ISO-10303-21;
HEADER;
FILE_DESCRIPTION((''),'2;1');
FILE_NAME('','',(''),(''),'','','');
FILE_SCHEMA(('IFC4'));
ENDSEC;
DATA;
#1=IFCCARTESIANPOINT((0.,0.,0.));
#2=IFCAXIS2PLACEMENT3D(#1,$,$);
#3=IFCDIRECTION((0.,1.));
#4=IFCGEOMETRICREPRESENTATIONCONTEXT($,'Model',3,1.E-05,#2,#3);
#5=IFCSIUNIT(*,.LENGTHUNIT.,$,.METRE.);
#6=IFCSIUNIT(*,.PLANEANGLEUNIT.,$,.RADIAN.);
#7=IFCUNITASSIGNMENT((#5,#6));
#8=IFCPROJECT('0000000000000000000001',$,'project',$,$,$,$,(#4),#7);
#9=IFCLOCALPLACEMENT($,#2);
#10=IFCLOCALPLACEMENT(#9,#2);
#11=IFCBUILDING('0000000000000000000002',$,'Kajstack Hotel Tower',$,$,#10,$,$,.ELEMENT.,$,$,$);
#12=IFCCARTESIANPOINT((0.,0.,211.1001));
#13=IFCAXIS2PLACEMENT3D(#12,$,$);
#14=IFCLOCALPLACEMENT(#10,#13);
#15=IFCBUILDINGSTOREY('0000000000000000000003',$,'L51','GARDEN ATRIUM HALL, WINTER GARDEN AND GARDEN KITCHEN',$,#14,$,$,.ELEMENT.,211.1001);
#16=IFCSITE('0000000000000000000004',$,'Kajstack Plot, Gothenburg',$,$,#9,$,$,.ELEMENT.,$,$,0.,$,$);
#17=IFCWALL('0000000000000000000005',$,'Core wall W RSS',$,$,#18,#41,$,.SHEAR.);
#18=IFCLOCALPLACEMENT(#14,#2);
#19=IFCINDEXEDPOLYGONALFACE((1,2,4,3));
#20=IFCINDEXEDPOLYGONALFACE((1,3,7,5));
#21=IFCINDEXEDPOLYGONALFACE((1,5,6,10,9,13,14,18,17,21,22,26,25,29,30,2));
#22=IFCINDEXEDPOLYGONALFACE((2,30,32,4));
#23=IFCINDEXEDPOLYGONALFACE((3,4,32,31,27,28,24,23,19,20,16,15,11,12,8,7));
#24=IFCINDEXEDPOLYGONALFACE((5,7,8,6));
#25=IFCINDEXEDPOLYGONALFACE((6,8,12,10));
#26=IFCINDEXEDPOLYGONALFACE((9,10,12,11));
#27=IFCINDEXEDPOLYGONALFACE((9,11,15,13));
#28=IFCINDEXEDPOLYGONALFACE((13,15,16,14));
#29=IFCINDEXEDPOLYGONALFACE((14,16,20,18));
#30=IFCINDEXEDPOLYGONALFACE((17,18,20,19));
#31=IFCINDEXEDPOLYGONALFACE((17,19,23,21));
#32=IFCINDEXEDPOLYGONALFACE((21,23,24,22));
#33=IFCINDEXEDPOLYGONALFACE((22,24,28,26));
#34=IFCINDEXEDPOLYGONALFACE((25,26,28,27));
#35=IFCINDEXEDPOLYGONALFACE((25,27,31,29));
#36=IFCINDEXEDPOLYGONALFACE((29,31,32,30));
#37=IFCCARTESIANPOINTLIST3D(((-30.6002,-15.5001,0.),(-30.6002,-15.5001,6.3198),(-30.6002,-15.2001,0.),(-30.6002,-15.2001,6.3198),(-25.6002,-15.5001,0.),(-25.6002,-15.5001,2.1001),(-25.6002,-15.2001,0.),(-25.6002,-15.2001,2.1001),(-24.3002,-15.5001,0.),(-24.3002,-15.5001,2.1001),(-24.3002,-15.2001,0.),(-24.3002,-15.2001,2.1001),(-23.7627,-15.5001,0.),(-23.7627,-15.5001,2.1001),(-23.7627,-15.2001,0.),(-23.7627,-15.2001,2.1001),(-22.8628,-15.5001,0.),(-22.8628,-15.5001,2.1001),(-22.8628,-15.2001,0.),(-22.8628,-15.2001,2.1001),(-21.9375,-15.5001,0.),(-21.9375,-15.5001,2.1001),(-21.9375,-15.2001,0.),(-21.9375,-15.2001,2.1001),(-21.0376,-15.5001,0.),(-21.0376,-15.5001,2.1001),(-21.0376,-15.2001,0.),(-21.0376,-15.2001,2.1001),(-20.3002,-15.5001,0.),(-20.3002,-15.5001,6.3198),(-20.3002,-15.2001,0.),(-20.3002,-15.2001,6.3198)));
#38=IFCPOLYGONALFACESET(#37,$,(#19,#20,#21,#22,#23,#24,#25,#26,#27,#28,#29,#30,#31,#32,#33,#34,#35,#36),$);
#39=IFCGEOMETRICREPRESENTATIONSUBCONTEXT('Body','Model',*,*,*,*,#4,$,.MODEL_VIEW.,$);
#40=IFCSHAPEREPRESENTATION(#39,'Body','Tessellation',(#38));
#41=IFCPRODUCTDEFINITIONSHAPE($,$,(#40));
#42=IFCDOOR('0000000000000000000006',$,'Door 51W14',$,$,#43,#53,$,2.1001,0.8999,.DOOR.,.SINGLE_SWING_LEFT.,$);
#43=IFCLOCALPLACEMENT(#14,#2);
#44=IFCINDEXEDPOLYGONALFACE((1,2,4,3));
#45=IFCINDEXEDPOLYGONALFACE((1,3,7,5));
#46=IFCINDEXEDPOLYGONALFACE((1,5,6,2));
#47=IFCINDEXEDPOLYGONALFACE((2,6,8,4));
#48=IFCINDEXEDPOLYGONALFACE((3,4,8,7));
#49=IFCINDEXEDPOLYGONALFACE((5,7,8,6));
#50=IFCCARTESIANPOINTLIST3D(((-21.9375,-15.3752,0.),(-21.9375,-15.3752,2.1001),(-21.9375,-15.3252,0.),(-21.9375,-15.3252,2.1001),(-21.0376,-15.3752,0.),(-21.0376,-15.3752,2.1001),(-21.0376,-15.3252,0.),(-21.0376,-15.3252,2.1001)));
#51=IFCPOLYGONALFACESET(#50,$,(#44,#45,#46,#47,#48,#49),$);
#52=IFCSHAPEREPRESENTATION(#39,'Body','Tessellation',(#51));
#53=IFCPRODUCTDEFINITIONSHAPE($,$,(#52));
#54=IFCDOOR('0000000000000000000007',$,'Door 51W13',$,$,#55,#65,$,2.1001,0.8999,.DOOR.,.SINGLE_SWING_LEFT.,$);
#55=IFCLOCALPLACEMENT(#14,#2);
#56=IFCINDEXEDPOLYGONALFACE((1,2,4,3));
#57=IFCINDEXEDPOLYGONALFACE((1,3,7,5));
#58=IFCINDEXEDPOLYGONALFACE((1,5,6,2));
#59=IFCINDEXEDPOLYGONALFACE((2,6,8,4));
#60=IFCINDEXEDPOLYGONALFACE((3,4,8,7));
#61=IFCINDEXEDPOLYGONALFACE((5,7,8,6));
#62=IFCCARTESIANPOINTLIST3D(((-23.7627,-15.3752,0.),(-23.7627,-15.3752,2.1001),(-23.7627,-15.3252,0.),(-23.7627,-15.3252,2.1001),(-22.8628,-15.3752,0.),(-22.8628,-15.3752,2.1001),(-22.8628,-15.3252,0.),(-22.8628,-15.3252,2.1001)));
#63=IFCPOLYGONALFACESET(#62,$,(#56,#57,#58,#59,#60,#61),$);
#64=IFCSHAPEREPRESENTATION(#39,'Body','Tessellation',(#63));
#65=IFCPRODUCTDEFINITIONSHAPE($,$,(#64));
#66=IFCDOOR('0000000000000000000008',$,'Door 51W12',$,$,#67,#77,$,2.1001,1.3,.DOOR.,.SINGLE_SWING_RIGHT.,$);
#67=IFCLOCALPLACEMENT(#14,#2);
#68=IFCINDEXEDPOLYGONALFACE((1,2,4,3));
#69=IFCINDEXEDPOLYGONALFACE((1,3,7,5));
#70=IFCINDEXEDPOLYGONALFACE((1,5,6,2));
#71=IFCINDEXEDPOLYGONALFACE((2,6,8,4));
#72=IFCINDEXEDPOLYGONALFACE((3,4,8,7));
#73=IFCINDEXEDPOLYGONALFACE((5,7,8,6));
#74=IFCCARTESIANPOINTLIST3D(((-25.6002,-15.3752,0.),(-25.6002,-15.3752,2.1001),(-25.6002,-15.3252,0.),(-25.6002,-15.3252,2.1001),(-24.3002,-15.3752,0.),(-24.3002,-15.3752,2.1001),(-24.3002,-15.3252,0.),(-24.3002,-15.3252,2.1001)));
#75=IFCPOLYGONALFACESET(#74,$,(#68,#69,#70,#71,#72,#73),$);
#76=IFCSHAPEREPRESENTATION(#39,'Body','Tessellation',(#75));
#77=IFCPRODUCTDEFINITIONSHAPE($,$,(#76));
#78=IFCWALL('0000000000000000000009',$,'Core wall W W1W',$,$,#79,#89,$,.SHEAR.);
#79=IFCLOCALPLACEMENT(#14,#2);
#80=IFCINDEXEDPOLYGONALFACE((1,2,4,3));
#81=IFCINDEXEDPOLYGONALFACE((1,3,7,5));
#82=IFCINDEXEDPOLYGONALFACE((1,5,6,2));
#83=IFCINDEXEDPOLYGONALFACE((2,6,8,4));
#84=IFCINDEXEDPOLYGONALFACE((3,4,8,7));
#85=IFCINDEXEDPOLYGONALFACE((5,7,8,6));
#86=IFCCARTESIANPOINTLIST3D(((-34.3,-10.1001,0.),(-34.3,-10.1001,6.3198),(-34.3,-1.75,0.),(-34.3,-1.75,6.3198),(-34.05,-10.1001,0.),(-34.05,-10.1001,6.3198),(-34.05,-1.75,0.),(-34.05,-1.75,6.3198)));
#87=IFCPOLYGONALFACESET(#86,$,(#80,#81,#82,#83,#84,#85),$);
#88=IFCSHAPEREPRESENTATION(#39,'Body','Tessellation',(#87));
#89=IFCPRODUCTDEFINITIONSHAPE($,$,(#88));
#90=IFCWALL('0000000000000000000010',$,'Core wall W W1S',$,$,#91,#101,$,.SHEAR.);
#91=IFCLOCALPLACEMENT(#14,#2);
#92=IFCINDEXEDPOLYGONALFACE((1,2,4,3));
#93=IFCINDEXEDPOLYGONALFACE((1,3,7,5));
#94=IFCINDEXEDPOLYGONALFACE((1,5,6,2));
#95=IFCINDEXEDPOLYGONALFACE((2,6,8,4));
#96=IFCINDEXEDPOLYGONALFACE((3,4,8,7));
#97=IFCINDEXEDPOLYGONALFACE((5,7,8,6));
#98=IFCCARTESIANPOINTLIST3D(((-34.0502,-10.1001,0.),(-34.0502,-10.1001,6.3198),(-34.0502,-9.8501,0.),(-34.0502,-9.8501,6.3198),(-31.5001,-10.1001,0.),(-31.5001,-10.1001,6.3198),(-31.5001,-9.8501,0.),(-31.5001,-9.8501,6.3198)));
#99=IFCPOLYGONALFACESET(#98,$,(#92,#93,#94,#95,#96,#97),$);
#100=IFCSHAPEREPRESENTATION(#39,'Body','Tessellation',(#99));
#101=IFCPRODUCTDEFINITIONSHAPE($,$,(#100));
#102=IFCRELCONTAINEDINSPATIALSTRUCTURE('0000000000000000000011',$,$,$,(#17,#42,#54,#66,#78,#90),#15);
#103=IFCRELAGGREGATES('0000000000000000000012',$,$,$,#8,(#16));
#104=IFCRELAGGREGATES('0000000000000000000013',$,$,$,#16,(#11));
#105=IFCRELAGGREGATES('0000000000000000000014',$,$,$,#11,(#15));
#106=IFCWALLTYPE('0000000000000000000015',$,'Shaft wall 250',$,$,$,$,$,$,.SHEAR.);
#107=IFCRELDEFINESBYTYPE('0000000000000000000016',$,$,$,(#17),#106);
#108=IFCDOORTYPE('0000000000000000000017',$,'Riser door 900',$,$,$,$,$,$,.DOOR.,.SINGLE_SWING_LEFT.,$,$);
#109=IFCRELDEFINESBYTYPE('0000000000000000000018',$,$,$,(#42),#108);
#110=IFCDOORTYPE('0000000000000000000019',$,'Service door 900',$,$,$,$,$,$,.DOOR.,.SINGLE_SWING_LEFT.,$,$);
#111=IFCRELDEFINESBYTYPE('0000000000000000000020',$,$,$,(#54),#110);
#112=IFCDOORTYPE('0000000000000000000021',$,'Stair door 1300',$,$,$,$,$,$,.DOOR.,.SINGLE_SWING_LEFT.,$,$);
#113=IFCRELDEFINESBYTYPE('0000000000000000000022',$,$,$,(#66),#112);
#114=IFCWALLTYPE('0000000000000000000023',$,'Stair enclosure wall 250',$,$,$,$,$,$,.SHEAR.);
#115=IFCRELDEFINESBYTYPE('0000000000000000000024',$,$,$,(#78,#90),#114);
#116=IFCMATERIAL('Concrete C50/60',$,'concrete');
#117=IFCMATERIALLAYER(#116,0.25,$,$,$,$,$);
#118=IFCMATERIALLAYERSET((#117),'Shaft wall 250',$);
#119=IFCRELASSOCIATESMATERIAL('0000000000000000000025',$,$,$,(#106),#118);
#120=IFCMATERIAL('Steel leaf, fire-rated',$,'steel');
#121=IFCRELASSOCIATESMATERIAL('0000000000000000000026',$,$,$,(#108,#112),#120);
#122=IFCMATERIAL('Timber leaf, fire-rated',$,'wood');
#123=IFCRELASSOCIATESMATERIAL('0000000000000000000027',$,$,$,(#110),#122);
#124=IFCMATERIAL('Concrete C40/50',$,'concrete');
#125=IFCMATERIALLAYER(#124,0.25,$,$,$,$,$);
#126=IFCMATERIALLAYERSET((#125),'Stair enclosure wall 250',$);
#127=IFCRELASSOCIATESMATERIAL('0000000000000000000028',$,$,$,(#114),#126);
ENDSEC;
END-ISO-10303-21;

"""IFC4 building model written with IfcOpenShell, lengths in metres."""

from ifc_helpers import new_model, si_unit, direction, frame, frame_2d, origin, place, context, subcontext, project, spatial, rectangle, extrude, material, layer, layer_set, type_object, element, fill, save


model = new_model("IFC4")

# Units and contexts
model_context = context("Model", 3, precision=1e-05, world=origin(), true_north=direction((0.0, 1.0)))
body_context = subcontext(model_context, "Body", "Model", "MODEL_VIEW")
ifc_project = project(units=[si_unit("LENGTHUNIT", "METRE"), si_unit("PLANEANGLEUNIT", "RADIAN")], contexts=[model_context])

# Site, building, storey
site_placement = place(None, origin())
site = spatial("IfcSite", under=ifc_project, at=site_placement, Name="Kajstack Plot, Gothenburg", CompositionType="ELEMENT", RefElevation=0.0)
building_placement = place(site_placement, origin())
building = spatial("IfcBuilding", under=site, at=building_placement, Name="Kajstack Hotel Tower", CompositionType="ELEMENT")
storey_placement = place(building_placement, frame((0.0, 0.0, 211.1001)))
storey = spatial("IfcBuildingStorey", under=building, at=storey_placement, Name="L51", Description="GARDEN ATRIUM HALL, WINTER GARDEN AND GARDEN KITCHEN", CompositionType="ELEMENT", Elevation=211.1001)

# Wall, openings, doors
ifc_material_1 = material(Name="Concrete C50/60", Category="concrete")
ifc_layer_1 = layer(ifc_material_1, 0.25)
ifc_layer_set_1 = layer_set([ifc_layer_1], Name="Shaft wall 250")
wall_type_1 = type_object("IfcWallType", Name="Shaft wall 250", PredefinedType="SHEAR", material=ifc_layer_set_1)
wall_1_placement = place(storey_placement, frame((-30.6001, -15.3501, 0.0), z_axis=(0.0, 0.0, 1.0), x_axis=(1.0, 0.0, 0.0)))
wall_1 = element("IfcWall", 1, at=wall_1_placement, inside=storey, type_object=wall_type_1, Name="Core wall W RSS", PredefinedType="SHEAR", context=body_context, shape_type="SweptSolid", body=[
    extrude(rectangle(XDim=10.3, YDim=0.3, at=frame_2d((5.1499, 0.0))), origin(), (0.0, 0.0, 1.0), 6.3198),
])
opening_1_placement = place(wall_1_placement, frame((5.0, 0.0, 0.0)))
opening_1 = element("IfcOpeningElement", 2, at=opening_1_placement, cuts=wall_1, PredefinedType="OPENING", context=body_context, shape_type="SweptSolid", body=[
    extrude(rectangle(XDim=1.3, YDim=2.1001, at=frame_2d((0.6499, 1.05))), frame((0.0, 0.1599, 0.0), z_axis=(0.0, -1.0, 0.0), x_axis=(1.0, 0.0, 0.0)), (0.0, 0.0, 1.0), 0.3201),
])
opening_2_placement = place(wall_1_placement, frame((6.8374, 0.0, 0.0)))
opening_2 = element("IfcOpeningElement", 3, at=opening_2_placement, cuts=wall_1, PredefinedType="OPENING", context=body_context, shape_type="SweptSolid", body=[
    extrude(rectangle(XDim=0.8999, YDim=2.1001, at=frame_2d((0.45, 1.05))), frame((0.0, 0.1599, 0.0), z_axis=(0.0, -1.0, 0.0), x_axis=(1.0, 0.0, 0.0)), (0.0, 0.0, 1.0), 0.3201),
])
opening_3_placement = place(wall_1_placement, frame((8.6626, 0.0, 0.0)))
opening_3 = element("IfcOpeningElement", 4, at=opening_3_placement, cuts=wall_1, PredefinedType="OPENING", context=body_context, shape_type="SweptSolid", body=[
    extrude(rectangle(XDim=0.8999, YDim=2.1001, at=frame_2d((0.45, 1.05))), frame((0.0, 0.1599, 0.0), z_axis=(0.0, -1.0, 0.0), x_axis=(1.0, 0.0, 0.0)), (0.0, 0.0, 1.0), 0.3201),
])
ifc_material_2 = material(Name="Steel leaf, fire-rated", Category="steel")
door_type_1 = type_object("IfcDoorType", Name="Riser door 900", OperationType="SINGLE_SWING_LEFT", PredefinedType="DOOR", material=ifc_material_2)
door_1_placement = place(opening_3_placement, origin())
door_1 = element("IfcDoor", 5, at=door_1_placement, inside=storey, type_object=door_type_1, Name="Door 51W14", OperationType="SINGLE_SWING_LEFT", OverallHeight=2.1001, OverallWidth=0.8999, PredefinedType="DOOR", context=body_context, shape_type="SweptSolid", body=[
    extrude(rectangle(XDim=0.8999, YDim=2.1001, at=frame_2d((0.45, 1.05))), frame((0.0, 0.0249, 0.0), z_axis=(0.0, -1.0, 0.0), x_axis=(1.0, 0.0, 0.0)), (0.0, 0.0, 1.0), 0.05),
])
fill(opening_3, door_1)
ifc_material_3 = material(Name="Timber leaf, fire-rated", Category="wood")
door_type_2 = type_object("IfcDoorType", Name="Service door 900", OperationType="SINGLE_SWING_LEFT", PredefinedType="DOOR", material=ifc_material_3)
door_2_placement = place(opening_2_placement, origin())
door_2 = element("IfcDoor", 6, at=door_2_placement, inside=storey, type_object=door_type_2, Name="Door 51W13", OperationType="SINGLE_SWING_LEFT", OverallHeight=2.1001, OverallWidth=0.8999, PredefinedType="DOOR", context=body_context, shape_type="SweptSolid", body=[
    extrude(rectangle(XDim=0.8999, YDim=2.1001, at=frame_2d((0.45, 1.05))), frame((0.0, 0.0249, 0.0), z_axis=(0.0, -1.0, 0.0), x_axis=(1.0, 0.0, 0.0)), (0.0, 0.0, 1.0), 0.05),
])
fill(opening_2, door_2)
door_type_3 = type_object("IfcDoorType", Name="Stair door 1300", OperationType="SINGLE_SWING_LEFT", PredefinedType="DOOR", material=ifc_material_2)
door_3_placement = place(opening_1_placement, origin())
door_3 = element("IfcDoor", 7, at=door_3_placement, inside=storey, type_object=door_type_3, Name="Door 51W12", OperationType="SINGLE_SWING_RIGHT", OverallHeight=2.1001, OverallWidth=1.3, PredefinedType="DOOR", context=body_context, shape_type="SweptSolid", body=[
    extrude(rectangle(XDim=1.3, YDim=2.1001, at=frame_2d((0.6499, 1.05))), frame((0.0, 0.0249, 0.0), z_axis=(0.0, -1.0, 0.0), x_axis=(1.0, 0.0, 0.0)), (0.0, 0.0, 1.0), 0.05),
])
fill(opening_1, door_3)

# Walls
ifc_material_4 = material(Name="Concrete C40/50", Category="concrete")
ifc_layer_2 = layer(ifc_material_4, 0.25)
ifc_layer_set_2 = layer_set([ifc_layer_2], Name="Stair enclosure wall 250")
wall_type_2 = type_object("IfcWallType", Name="Stair enclosure wall 250", PredefinedType="SHEAR", material=ifc_layer_set_2)
wall_2_placement = place(storey_placement, frame((-34.175, -10.1001, 0.0), z_axis=(0.0, 0.0, 1.0), x_axis=(0.0, 1.0, 0.0)))
element("IfcWall", 8, at=wall_2_placement, inside=storey, type_object=wall_type_2, Name="Core wall W W1W", PredefinedType="SHEAR", context=body_context, shape_type="SweptSolid", body=[
    extrude(rectangle(XDim=8.3501, YDim=0.25, at=frame_2d((4.175, 0.0))), origin(), (0.0, 0.0, 1.0), 6.3198),
])
wall_3_placement = place(storey_placement, frame((-34.05, -9.9751, 0.0), z_axis=(0.0, 0.0, 1.0), x_axis=(1.0, 0.0, 0.0)))
element("IfcWall", 9, at=wall_3_placement, inside=storey, type_object=wall_type_2, Name="Core wall W W1S", PredefinedType="SHEAR", context=body_context, shape_type="SweptSolid", body=[
    extrude(rectangle(XDim=2.55, YDim=0.25, at=frame_2d((1.2749, 0.0))), origin(), (0.0, 0.0, 1.0), 6.3198),
])

save(model, "model.ifc")
